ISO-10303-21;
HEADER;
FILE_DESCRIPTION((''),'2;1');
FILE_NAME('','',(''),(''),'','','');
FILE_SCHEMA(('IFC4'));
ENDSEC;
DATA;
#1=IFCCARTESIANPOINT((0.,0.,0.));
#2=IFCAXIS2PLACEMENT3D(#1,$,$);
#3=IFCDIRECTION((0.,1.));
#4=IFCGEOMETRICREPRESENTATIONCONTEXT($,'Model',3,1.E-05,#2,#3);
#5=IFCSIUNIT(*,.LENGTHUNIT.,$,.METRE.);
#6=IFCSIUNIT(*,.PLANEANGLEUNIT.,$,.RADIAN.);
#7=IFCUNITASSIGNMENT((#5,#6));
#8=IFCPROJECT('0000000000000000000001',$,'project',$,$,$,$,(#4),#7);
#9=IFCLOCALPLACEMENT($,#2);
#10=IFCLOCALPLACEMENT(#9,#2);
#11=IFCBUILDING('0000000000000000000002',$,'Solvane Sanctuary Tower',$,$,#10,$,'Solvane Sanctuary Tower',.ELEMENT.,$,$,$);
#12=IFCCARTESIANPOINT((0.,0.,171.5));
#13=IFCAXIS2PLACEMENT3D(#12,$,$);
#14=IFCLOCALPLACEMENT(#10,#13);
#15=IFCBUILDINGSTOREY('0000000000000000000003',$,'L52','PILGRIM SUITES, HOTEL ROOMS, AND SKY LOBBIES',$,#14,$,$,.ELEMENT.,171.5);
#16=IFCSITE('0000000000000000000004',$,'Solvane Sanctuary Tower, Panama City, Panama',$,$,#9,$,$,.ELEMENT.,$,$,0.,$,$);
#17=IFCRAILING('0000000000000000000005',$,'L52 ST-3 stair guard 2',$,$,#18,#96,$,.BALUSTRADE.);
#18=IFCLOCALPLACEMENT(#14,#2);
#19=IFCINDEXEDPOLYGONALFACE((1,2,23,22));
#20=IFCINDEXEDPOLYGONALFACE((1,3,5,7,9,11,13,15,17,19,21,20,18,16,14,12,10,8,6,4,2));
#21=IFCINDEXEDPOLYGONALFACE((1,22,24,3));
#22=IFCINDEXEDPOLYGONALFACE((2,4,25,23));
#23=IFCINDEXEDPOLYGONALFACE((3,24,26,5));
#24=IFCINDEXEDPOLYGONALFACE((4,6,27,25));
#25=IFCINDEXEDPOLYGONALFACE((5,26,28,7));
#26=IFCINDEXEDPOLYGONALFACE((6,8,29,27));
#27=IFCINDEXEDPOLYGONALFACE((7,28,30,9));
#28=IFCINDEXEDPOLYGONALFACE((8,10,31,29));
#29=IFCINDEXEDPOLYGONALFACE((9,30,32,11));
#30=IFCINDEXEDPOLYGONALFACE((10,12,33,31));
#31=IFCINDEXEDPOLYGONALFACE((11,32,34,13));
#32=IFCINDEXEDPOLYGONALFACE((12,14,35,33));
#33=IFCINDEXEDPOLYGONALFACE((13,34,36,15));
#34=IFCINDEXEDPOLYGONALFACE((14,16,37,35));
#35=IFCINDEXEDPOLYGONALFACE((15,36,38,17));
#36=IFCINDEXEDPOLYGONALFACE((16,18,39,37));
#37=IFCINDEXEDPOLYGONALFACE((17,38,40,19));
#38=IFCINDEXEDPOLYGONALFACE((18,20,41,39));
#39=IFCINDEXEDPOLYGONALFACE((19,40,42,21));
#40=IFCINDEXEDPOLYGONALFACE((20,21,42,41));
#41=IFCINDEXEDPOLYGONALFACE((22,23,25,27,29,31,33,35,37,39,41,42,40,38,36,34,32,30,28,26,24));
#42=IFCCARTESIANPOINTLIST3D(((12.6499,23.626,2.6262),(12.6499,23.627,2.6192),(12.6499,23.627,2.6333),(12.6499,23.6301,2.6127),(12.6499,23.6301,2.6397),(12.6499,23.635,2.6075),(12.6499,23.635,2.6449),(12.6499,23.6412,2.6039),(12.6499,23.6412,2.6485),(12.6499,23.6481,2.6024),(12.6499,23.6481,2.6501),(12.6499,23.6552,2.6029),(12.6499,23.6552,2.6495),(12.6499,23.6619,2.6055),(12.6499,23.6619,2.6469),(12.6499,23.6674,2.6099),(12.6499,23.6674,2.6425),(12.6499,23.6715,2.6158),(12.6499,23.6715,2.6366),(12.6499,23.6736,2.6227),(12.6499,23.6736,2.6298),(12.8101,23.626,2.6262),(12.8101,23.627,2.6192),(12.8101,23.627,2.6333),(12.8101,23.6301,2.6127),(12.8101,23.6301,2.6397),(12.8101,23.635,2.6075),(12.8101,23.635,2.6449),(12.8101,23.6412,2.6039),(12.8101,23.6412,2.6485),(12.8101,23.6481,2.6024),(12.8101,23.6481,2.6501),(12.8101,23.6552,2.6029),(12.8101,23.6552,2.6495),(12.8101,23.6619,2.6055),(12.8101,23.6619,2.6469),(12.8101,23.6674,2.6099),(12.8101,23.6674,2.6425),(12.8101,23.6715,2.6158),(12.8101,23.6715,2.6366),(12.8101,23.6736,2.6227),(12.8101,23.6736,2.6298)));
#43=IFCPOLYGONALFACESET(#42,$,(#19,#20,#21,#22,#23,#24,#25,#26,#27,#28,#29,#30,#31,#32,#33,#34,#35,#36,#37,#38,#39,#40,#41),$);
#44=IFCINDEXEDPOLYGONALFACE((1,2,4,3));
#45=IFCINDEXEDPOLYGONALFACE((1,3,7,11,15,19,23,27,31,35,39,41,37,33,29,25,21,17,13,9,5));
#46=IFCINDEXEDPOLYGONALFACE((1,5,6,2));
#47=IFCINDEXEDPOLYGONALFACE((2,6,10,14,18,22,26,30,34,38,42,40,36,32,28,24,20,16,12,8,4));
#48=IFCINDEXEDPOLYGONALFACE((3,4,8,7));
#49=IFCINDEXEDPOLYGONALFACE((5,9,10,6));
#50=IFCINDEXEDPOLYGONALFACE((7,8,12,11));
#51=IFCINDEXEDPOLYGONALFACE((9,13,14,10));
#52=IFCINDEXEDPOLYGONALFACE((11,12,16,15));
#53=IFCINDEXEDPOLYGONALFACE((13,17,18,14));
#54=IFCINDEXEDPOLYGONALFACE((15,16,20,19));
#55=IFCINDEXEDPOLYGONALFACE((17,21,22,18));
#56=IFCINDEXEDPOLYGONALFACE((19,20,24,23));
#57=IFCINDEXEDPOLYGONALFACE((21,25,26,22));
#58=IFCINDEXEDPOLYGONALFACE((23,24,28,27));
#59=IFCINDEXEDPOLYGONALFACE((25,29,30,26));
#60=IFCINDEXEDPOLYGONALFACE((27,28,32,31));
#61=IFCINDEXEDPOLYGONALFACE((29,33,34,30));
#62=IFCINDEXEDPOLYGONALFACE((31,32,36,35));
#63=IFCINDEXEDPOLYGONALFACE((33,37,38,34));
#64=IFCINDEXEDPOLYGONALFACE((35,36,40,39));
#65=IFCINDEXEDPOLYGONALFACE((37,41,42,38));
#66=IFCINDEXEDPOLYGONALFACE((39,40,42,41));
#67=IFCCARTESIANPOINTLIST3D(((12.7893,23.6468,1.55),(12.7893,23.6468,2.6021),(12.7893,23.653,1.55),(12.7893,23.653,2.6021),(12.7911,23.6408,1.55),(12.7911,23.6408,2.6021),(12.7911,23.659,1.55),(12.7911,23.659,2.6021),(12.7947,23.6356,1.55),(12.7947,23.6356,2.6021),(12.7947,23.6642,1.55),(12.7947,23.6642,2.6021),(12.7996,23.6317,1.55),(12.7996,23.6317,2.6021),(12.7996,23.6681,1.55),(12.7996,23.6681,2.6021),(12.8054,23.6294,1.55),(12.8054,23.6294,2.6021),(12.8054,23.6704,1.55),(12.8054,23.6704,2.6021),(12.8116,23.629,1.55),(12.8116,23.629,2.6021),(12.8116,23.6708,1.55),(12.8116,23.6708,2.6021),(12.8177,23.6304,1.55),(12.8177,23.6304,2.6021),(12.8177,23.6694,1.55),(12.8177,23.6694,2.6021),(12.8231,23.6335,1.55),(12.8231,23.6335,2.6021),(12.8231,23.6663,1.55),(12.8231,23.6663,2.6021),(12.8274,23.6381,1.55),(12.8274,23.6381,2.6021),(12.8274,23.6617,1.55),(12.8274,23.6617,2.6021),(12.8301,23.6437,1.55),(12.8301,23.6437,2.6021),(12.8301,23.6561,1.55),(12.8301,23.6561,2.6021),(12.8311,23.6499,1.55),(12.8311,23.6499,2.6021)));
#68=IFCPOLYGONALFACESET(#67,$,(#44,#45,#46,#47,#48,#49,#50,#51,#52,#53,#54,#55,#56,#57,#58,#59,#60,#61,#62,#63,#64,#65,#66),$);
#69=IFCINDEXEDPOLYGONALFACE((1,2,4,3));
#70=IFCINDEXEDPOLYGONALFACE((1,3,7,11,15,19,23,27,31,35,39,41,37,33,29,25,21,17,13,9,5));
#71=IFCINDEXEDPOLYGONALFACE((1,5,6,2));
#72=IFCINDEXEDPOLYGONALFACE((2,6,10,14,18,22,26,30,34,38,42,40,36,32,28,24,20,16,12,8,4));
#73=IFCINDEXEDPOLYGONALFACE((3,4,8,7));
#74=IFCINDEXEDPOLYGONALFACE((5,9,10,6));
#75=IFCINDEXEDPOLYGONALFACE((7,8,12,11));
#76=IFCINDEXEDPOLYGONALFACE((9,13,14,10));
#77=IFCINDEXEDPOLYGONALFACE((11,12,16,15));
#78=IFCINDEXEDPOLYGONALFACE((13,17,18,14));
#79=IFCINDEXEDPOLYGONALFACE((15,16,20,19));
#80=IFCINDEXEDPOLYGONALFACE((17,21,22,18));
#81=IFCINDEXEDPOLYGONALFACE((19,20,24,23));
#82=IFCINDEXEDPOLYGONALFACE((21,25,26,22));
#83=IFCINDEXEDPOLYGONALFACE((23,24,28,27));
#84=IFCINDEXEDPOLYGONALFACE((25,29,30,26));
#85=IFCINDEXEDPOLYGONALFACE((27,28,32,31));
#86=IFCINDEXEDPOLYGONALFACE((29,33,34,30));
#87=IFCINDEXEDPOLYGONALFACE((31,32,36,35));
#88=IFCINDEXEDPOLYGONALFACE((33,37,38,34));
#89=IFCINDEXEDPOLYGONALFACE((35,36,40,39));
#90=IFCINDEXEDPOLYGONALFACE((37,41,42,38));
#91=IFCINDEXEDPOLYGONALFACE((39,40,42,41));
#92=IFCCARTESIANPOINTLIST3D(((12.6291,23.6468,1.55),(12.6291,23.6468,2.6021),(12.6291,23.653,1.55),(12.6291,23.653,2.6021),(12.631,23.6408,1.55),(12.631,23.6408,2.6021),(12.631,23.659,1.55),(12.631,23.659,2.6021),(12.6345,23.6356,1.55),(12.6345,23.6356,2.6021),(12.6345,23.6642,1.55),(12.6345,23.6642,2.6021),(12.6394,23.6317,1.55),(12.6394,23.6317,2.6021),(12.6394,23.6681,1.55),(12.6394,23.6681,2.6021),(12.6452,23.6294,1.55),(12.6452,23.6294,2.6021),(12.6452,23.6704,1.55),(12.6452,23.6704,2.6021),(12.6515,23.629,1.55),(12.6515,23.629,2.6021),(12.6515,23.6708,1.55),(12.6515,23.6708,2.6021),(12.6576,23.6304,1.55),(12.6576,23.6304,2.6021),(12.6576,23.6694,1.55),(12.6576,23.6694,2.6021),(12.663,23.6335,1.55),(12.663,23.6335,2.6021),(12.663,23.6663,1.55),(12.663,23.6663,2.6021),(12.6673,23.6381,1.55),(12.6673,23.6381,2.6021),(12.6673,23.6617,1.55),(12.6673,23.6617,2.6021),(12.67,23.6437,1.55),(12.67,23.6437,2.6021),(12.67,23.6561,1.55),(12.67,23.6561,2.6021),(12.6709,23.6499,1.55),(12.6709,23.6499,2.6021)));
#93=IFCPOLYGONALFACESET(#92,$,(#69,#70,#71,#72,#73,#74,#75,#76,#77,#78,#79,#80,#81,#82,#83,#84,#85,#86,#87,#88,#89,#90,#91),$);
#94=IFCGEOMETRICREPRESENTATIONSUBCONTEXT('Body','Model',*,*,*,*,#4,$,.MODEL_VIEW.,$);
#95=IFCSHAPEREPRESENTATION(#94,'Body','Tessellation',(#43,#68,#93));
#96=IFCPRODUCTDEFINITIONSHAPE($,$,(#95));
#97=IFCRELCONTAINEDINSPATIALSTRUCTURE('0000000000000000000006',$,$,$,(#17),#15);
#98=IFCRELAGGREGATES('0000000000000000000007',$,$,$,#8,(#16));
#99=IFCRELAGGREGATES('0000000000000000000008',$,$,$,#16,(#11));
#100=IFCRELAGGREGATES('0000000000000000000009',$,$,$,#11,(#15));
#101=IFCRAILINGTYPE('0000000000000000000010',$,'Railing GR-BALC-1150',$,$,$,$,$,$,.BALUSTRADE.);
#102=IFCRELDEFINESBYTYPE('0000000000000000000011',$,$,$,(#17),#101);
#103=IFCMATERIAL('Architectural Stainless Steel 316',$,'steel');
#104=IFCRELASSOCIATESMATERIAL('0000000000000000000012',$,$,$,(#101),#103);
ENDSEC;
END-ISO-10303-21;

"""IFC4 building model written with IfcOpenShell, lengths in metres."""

from ifc_helpers import new_model, si_unit, direction, frame, origin, origin_2d, place, context, subcontext, project, spatial, circle, extrude, material, type_object, element, save


model = new_model("IFC4")

# Units and contexts
model_context = context("Model", 3, precision=1e-05, world=origin(), true_north=direction((0.0, 1.0)))
body_context = subcontext(model_context, "Body", "Model", "MODEL_VIEW")
ifc_project = project(units=[si_unit("LENGTHUNIT", "METRE"), si_unit("PLANEANGLEUNIT", "RADIAN")], contexts=[model_context])

# Site, building, storey
site_placement = place(None, origin())
site = spatial("IfcSite", under=ifc_project, at=site_placement, Name="Solvane Sanctuary Tower, Panama City, Panama", CompositionType="ELEMENT", RefElevation=0.0)
building_placement = place(site_placement, origin())
building = spatial("IfcBuilding", under=site, at=building_placement, Name="Solvane Sanctuary Tower", LongName="Solvane Sanctuary Tower", CompositionType="ELEMENT")
storey_placement = place(building_placement, frame((0.0, 0.0, 171.5)))
storey = spatial("IfcBuildingStorey", under=building, at=storey_placement, Name="L52", Description="PILGRIM SUITES, HOTEL ROOMS, AND SKY LOBBIES", CompositionType="ELEMENT", Elevation=171.5)

# Shared definitions
ifc_material_1 = material(Name="Architectural Stainless Steel 316", Category="steel")

# Railing
railing_type_1 = type_object("IfcRailingType", Name="Railing GR-BALC-1150", PredefinedType="BALUSTRADE", material=ifc_material_1)
railing_1_placement = place(storey_placement, frame((12.8101, 23.6499, 1.55)))
element("IfcRailing", 1, at=railing_1_placement, inside=storey, type_object=railing_type_1, Name="L52 ST-3 stair guard 2", PredefinedType="BALUSTRADE", context=body_context, shape_type="SweptSolid", body=[
    extrude(circle(Radius=0.0239, at=origin_2d()), frame((0.0, 0.0, 1.0762), z_axis=(-1.0, 0.0, 0.0), x_axis=(0.0, -1.0, 0.0)), (0.0, 0.0, 1.0), 0.1602),
    extrude(circle(Radius=0.021, at=origin_2d()), origin(), (0.0, 0.0, 1.0), 1.052),
    extrude(circle(Radius=0.021, at=origin_2d()), frame((-0.1602, 0.0, 0.0)), (0.0, 0.0, 1.0), 1.052),
])

save(model, "model.ifc")
